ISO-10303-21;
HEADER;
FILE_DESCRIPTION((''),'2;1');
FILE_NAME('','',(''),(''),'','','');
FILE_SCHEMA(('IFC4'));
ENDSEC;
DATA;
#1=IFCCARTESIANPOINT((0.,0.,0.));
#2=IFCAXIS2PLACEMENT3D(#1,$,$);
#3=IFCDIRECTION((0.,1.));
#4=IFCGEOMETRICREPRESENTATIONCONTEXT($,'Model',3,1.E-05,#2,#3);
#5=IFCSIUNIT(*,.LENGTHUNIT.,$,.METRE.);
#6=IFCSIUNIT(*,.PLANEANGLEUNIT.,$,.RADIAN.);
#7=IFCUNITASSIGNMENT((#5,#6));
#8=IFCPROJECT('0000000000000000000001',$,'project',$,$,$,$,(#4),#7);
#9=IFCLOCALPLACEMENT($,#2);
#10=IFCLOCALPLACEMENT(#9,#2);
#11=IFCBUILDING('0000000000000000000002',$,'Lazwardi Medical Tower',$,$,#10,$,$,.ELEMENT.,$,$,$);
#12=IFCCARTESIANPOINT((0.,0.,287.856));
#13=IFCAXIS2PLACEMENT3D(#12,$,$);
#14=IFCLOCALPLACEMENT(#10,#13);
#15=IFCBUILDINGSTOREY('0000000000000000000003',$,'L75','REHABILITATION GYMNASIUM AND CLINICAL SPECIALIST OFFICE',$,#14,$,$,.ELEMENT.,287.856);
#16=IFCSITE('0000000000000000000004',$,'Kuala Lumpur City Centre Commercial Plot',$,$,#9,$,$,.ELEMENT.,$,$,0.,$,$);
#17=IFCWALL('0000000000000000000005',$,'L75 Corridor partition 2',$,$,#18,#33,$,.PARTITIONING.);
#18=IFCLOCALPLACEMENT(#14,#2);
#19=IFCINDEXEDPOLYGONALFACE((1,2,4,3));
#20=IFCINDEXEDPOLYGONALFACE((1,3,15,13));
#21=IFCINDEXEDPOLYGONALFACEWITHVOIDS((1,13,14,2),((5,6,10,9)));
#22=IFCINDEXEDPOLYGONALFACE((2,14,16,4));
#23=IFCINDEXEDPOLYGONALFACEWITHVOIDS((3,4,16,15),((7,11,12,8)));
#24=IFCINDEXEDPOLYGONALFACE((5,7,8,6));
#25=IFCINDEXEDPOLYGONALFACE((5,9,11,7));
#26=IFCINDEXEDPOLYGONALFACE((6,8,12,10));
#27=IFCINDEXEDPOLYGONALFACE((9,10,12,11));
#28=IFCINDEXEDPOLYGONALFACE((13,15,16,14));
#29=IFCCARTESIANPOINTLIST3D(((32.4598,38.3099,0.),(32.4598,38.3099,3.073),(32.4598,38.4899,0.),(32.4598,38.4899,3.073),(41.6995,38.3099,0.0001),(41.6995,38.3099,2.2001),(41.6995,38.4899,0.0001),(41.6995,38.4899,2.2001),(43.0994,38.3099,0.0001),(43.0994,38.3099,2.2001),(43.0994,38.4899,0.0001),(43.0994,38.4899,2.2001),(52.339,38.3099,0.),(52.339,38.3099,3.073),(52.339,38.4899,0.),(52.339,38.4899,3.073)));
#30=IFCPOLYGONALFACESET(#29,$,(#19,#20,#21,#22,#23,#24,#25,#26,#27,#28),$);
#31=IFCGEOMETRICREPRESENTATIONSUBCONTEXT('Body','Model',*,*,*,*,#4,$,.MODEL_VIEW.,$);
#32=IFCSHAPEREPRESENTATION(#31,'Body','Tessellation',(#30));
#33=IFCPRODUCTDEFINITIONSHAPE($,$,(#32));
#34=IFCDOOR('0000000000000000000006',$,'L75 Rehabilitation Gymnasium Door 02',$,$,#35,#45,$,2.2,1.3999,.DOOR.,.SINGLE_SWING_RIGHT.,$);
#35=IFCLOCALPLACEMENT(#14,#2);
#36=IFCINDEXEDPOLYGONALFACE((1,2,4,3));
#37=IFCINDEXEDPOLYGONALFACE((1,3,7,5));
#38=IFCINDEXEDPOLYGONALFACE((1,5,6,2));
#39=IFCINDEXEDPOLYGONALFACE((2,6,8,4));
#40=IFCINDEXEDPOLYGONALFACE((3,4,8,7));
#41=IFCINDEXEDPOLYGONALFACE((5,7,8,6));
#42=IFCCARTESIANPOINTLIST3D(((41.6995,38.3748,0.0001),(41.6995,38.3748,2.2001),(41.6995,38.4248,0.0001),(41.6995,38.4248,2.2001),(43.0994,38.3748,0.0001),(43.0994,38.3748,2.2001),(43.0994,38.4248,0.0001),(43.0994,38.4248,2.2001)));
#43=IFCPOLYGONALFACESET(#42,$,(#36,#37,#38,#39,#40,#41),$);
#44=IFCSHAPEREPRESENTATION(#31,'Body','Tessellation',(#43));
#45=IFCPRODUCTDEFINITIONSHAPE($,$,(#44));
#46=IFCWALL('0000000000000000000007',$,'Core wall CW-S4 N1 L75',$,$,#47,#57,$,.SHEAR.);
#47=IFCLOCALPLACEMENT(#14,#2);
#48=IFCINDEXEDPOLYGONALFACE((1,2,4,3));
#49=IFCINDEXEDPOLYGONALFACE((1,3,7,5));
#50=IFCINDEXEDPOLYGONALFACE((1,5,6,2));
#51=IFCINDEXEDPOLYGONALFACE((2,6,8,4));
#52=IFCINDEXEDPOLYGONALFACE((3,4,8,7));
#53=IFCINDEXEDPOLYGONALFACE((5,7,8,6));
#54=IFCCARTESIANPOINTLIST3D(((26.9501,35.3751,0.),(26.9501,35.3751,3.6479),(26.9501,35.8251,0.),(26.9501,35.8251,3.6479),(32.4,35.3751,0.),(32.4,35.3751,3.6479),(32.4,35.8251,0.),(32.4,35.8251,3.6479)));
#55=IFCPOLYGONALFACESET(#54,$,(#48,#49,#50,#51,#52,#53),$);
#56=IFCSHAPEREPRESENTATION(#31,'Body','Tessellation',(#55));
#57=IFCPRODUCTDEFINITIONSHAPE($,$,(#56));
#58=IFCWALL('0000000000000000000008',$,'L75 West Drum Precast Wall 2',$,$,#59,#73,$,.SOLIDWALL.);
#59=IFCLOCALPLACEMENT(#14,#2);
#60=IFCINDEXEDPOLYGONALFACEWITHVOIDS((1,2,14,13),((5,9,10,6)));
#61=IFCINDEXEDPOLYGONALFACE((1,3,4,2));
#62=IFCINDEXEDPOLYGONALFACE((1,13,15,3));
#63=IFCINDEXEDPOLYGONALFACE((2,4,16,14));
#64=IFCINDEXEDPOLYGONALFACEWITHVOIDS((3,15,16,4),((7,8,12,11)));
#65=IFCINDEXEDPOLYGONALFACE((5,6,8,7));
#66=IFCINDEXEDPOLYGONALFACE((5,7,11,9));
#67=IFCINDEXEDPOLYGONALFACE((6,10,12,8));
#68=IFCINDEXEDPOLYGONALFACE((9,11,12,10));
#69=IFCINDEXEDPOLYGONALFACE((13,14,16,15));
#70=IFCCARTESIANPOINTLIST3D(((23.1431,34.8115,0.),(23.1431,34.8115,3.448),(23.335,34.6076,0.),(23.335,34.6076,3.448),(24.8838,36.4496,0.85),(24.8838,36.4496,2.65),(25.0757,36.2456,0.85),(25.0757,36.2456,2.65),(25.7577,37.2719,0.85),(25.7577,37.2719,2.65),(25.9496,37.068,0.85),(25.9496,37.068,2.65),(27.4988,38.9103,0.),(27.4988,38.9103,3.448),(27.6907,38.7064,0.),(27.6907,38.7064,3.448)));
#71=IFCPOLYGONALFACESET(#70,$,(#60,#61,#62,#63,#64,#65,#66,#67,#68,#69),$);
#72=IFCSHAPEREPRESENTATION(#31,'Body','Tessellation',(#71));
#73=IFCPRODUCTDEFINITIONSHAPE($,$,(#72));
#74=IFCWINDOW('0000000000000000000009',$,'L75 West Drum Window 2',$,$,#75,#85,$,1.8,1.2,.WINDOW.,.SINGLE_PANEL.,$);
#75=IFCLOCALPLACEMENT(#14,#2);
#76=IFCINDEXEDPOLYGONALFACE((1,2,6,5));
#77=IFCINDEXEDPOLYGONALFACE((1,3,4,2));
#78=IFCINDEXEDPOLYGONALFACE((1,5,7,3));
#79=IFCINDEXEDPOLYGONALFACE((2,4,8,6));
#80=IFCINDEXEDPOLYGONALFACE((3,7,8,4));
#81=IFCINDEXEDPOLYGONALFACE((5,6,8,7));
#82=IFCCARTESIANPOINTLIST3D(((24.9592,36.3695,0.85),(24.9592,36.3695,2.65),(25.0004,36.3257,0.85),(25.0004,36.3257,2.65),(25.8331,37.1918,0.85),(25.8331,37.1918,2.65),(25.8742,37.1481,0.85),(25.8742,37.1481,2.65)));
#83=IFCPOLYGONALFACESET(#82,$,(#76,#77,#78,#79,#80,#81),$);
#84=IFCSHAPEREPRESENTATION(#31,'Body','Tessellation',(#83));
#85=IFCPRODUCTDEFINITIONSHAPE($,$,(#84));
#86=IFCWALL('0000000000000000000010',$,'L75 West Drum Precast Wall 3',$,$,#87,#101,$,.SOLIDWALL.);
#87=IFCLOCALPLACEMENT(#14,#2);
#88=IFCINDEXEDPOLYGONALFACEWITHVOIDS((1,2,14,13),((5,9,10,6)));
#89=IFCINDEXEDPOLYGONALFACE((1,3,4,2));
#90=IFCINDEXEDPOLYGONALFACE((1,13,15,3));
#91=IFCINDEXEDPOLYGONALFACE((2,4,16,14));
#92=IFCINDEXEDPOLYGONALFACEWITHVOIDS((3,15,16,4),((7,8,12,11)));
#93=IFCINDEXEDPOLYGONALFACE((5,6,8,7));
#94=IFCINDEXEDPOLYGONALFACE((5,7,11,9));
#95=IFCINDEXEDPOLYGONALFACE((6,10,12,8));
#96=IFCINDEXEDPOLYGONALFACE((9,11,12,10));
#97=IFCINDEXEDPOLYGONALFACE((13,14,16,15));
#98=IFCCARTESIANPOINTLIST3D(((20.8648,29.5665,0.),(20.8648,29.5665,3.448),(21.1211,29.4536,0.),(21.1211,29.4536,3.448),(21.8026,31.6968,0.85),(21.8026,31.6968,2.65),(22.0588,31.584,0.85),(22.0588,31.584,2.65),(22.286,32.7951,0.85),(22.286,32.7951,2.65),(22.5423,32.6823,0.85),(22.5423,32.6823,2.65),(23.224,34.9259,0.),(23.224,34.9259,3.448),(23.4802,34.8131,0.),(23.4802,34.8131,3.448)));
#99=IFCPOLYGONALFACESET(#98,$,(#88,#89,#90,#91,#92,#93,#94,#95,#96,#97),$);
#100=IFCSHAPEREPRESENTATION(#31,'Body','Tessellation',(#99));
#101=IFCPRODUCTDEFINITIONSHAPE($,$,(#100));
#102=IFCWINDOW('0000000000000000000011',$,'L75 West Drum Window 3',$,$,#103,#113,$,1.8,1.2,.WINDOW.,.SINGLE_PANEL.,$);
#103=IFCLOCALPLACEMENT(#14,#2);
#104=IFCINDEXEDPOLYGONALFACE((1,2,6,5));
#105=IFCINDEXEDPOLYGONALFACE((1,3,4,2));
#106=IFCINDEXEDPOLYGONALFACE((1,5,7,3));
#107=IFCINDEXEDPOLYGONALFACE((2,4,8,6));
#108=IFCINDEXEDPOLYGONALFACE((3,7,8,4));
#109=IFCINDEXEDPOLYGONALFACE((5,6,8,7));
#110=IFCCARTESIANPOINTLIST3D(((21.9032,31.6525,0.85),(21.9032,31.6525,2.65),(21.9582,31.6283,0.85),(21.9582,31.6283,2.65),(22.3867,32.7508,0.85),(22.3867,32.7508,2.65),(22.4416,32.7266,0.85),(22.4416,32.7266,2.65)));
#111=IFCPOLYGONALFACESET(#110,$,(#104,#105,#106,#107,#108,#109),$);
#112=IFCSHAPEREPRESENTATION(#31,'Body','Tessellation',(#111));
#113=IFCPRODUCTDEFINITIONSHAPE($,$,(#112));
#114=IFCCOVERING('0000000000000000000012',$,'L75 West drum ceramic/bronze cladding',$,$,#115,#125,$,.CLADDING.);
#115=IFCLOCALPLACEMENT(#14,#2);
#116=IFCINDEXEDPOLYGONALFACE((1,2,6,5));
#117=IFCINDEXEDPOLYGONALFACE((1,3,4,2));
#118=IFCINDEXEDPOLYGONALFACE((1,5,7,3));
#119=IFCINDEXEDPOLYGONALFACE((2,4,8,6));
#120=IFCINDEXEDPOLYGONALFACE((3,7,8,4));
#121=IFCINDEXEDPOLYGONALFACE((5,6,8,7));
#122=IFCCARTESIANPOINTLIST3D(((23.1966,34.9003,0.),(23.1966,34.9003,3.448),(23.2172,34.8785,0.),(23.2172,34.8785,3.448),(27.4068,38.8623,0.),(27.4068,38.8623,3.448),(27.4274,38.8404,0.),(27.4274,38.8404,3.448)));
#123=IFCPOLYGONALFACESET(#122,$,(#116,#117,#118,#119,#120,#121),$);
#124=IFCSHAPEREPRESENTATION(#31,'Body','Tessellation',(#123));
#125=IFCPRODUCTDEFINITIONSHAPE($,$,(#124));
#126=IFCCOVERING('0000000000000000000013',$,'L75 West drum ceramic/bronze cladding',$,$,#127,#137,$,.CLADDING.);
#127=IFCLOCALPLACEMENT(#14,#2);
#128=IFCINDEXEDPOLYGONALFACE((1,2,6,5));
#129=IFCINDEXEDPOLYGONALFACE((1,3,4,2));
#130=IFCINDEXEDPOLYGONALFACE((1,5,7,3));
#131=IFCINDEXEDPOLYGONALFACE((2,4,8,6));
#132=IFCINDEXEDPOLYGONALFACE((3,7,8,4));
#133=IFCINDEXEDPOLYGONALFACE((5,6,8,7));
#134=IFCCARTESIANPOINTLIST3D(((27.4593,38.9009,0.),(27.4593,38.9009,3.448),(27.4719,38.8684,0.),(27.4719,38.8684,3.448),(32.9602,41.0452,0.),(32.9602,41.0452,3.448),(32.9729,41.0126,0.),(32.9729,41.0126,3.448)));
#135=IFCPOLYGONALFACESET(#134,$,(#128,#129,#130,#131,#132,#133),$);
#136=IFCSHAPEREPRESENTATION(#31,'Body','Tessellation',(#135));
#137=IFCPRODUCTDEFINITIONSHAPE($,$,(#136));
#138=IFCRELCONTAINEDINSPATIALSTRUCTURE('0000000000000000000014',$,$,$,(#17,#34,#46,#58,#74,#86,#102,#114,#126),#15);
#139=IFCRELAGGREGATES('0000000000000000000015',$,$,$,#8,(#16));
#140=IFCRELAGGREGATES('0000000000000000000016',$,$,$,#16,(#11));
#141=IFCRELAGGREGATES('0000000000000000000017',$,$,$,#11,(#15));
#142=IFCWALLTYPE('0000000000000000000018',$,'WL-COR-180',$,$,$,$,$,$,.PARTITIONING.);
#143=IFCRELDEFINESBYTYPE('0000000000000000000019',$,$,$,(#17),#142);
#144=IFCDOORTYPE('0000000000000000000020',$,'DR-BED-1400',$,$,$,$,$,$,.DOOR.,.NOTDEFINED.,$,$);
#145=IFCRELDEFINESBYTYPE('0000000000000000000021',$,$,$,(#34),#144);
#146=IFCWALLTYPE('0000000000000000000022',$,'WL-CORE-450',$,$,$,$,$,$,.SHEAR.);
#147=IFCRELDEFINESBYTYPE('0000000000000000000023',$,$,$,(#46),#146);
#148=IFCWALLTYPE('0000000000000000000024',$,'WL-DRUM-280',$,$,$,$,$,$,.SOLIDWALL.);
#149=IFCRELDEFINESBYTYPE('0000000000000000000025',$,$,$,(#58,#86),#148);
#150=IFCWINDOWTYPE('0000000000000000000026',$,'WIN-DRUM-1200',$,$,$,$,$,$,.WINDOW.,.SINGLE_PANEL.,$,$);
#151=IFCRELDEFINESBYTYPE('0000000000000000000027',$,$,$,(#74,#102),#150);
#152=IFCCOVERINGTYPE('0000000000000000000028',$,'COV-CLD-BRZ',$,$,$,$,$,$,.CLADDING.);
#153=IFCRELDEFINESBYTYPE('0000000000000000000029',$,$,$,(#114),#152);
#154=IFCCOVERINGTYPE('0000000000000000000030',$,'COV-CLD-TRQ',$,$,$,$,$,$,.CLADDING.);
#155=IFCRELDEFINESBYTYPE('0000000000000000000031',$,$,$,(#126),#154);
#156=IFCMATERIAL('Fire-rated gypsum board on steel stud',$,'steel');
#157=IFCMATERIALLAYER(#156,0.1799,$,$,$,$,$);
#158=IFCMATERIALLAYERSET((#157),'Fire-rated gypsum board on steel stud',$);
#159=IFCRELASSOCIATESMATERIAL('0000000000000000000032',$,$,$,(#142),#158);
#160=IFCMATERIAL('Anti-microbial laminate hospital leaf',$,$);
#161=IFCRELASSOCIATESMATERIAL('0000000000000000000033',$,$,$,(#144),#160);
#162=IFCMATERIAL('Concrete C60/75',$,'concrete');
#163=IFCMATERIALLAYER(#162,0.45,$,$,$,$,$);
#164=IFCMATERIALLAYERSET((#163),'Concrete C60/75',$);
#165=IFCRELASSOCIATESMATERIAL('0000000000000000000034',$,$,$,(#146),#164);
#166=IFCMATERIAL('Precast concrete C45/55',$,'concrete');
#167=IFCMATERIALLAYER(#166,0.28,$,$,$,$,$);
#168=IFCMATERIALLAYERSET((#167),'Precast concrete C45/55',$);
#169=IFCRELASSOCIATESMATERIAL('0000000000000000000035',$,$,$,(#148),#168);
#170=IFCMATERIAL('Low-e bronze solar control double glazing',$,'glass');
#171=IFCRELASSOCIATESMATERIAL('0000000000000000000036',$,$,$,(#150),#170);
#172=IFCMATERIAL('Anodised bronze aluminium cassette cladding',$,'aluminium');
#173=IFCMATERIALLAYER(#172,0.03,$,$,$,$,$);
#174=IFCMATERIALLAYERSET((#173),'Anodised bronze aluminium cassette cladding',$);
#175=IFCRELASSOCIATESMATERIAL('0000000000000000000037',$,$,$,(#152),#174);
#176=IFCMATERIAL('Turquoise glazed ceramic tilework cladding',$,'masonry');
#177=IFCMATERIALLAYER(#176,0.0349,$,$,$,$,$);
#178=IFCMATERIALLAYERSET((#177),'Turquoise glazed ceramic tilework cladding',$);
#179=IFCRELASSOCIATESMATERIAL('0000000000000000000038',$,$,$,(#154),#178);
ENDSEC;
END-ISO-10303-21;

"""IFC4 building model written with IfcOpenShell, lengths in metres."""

from ifc_helpers import new_model, si_unit, direction, frame, frame_2d, origin, origin_2d, place, context, subcontext, project, spatial, rectangle, extrude, material, layer, layer_set, type_object, element, fill, save


model = new_model("IFC4")

# Units and contexts
model_context = context("Model", 3, precision=1e-05, world=origin(), true_north=direction((0.0, 1.0)))
body_context = subcontext(model_context, "Body", "Model", "MODEL_VIEW")
ifc_project = project(units=[si_unit("LENGTHUNIT", "METRE"), si_unit("PLANEANGLEUNIT", "RADIAN")], contexts=[model_context])

# Site, building, storey
site_placement = place(None, origin())
site = spatial("IfcSite", under=ifc_project, at=site_placement, Name="Kuala Lumpur City Centre Commercial Plot", CompositionType="ELEMENT", RefElevation=0.0)
building_placement = place(site_placement, origin())
building = spatial("IfcBuilding", under=site, at=building_placement, Name="Lazwardi Medical Tower", CompositionType="ELEMENT")
storey_placement = place(building_placement, frame((0.0, 0.0, 287.856)))
storey = spatial("IfcBuildingStorey", under=building, at=storey_placement, Name="L75", Description="REHABILITATION GYMNASIUM AND CLINICAL SPECIALIST OFFICE", CompositionType="ELEMENT", Elevation=287.856)

# Shared definitions
ifc_material_1 = material(Name="Concrete C60/75", Category="concrete")

# Shared definitions
ifc_material_2 = material(Name="Fire-rated gypsum board on steel stud", Category="steel")
ifc_layer_1 = layer(ifc_material_2, 0.1799)
ifc_layer_set_1 = layer_set([ifc_layer_1], Name="Fire-rated gypsum board on steel stud")
wall_type_1 = type_object("IfcWallType", Name="WL-COR-180", PredefinedType="PARTITIONING", material=ifc_layer_set_1)

# Wall, opening, door
wall_1_placement = place(storey_placement, frame((32.46, 38.3999, 0.0), z_axis=(0.0, 0.0, 1.0), x_axis=(1.0, 0.0, 0.0)))
wall_1 = element("IfcWall", 1, at=wall_1_placement, inside=storey, type_object=wall_type_1, Name="L75 Corridor partition 2", PredefinedType="PARTITIONING", context=body_context, shape_type="SweptSolid", body=[
    extrude(rectangle(XDim=19.8792, YDim=0.1799, at=frame_2d((9.9395, 0.0))), origin(), (0.0, 0.0, 1.0), 3.073),
])
opening_1_placement = place(wall_1_placement, frame((9.2395, 0.0, 0.0)))
opening_1 = element("IfcOpeningElement", 2, at=opening_1_placement, cuts=wall_1, PredefinedType="OPENING", context=body_context, shape_type="SweptSolid", body=[
    extrude(rectangle(XDim=1.3999, YDim=2.2, at=frame_2d((0.7, 1.1001))), frame((0.0, 0.0999, 0.0), z_axis=(0.0, -1.0, 0.0), x_axis=(1.0, 0.0, 0.0)), (0.0, 0.0, 1.0), 0.2),
])
ifc_material_3 = material(Name="Anti-microbial laminate hospital leaf")
door_type = type_object("IfcDoorType", Name="DR-BED-1400", OperationType="NOTDEFINED", PredefinedType="DOOR", material=ifc_material_3)
door_placement = place(opening_1_placement, origin())
door = element("IfcDoor", 3, at=door_placement, inside=storey, type_object=door_type, Name="L75 Rehabilitation Gymnasium Door 02", OperationType="SINGLE_SWING_RIGHT", OverallHeight=2.2, OverallWidth=1.3999, PredefinedType="DOOR", context=body_context, shape_type="SweptSolid", body=[
    extrude(rectangle(XDim=1.3999, YDim=2.2, at=frame_2d((0.7, 1.1001))), frame((0.0, 0.0249, 0.0), z_axis=(0.0, -1.0, 0.0), x_axis=(1.0, 0.0, 0.0)), (0.0, 0.0, 1.0), 0.05),
])
fill(opening_1, door)

# Wall
ifc_layer_2 = layer(ifc_material_1, 0.45)
ifc_layer_set_2 = layer_set([ifc_layer_2], Name="Concrete C60/75")
wall_type_2 = type_object("IfcWallType", Name="WL-CORE-450", PredefinedType="SHEAR", material=ifc_layer_set_2)
wall_2_placement = place(storey_placement, frame((26.95, 35.6001, 0.0), z_axis=(0.0, 0.0, 1.0), x_axis=(1.0, 0.0, 0.0)))
element("IfcWall", 4, at=wall_2_placement, inside=storey, type_object=wall_type_2, Name="Core wall CW-S4 N1 L75", PredefinedType="SHEAR", context=body_context, shape_type="SweptSolid", body=[
    extrude(rectangle(XDim=5.45, YDim=0.45, at=frame_2d((2.7251, 0.0))), origin(), (0.0, 0.0, 1.0), 3.6479),
])

# Walls, openings, windows
ifc_material_4 = material(Name="Precast concrete C45/55", Category="concrete")
ifc_layer_3 = layer(ifc_material_4, 0.28)
ifc_layer_set_3 = layer_set([ifc_layer_3], Name="Precast concrete C45/55")
wall_type_3 = type_object("IfcWallType", Name="WL-DRUM-280", PredefinedType="SOLIDWALL", material=ifc_layer_set_3)
wall_3_placement = place(storey_placement, frame((27.5947, 38.8083, 0.0), z_axis=(0.0, 0.0, 1.0), x_axis=(-0.728252, -0.68531, 0.0)))
wall_3 = element("IfcWall", 5, at=wall_3_placement, inside=storey, type_object=wall_type_3, Name="L75 West Drum Precast Wall 2", PredefinedType="SOLIDWALL", context=body_context, shape_type="SweptSolid", body=[
    extrude(rectangle(XDim=5.981, YDim=0.28, at=frame_2d((2.9905, 0.0))), origin(), (0.0, 0.0, 1.0), 3.448),
])
opening_2_placement = place(wall_3_placement, frame((2.3906, 0.0, 0.8501)))
opening_2 = element("IfcOpeningElement", 6, at=opening_2_placement, cuts=wall_3, PredefinedType="OPENING", context=body_context, shape_type="SweptSolid", body=[
    extrude(rectangle(XDim=1.2, YDim=1.8, at=frame_2d((0.6001, 0.8999))), frame((0.0, 0.1499, 0.0), z_axis=(0.0, -1.0, 0.0), x_axis=(1.0, 0.0, 0.0)), (0.0, 0.0, 1.0), 0.3),
])
ifc_material_5 = material(Name="Low-e bronze solar control double glazing", Category="glass")
window_type = type_object("IfcWindowType", Name="WIN-DRUM-1200", PartitioningType="SINGLE_PANEL", PredefinedType="WINDOW", material=ifc_material_5)
window_1_placement = place(opening_2_placement, origin())
window_1 = element("IfcWindow", 7, at=window_1_placement, inside=storey, type_object=window_type, Name="L75 West Drum Window 2", OverallHeight=1.8, OverallWidth=1.2, PartitioningType="SINGLE_PANEL", PredefinedType="WINDOW", context=body_context, shape_type="SweptSolid", body=[
    extrude(rectangle(XDim=1.2, YDim=1.8, at=frame_2d((0.6001, 0.8999))), frame((0.0, 0.03, 0.0), z_axis=(0.0, -1.0, 0.0), x_axis=(1.0, 0.0, 0.0)), (0.0, 0.0, 1.0), 0.0601),
])
fill(opening_2, window_1)
wall_4_placement = place(storey_placement, frame((23.3521, 34.8694, 0.0), z_axis=(0.0, 0.0, 1.0), x_axis=(-0.402883, -0.915252, 0.0)))
wall_4 = element("IfcWall", 8, at=wall_4_placement, inside=storey, type_object=wall_type_3, Name="L75 West Drum Precast Wall 3", PredefinedType="SOLIDWALL", context=body_context, shape_type="SweptSolid", body=[
    extrude(rectangle(XDim=5.8557, YDim=0.28, at=frame_2d((2.9277, 0.0))), origin(), (0.0, 0.0, 1.0), 3.448),
])
opening_3_placement = place(wall_4_placement, frame((2.3279, 0.0, 0.8501)))
opening_3 = element("IfcOpeningElement", 9, at=opening_3_placement, cuts=wall_4, PredefinedType="OPENING", context=body_context, shape_type="SweptSolid", body=[
    extrude(rectangle(XDim=1.2, YDim=1.8, at=frame_2d((0.6001, 0.8999))), frame((0.0, 0.1499, 0.0), z_axis=(0.0, -1.0, 0.0), x_axis=(1.0, 0.0, 0.0)), (0.0, 0.0, 1.0), 0.3),
])
window_2_placement = place(opening_3_placement, origin())
window_2 = element("IfcWindow", 10, at=window_2_placement, inside=storey, type_object=window_type, Name="L75 West Drum Window 3", OverallHeight=1.8, OverallWidth=1.2, PartitioningType="SINGLE_PANEL", PredefinedType="WINDOW", context=body_context, shape_type="SweptSolid", body=[
    extrude(rectangle(XDim=1.2, YDim=1.8, at=frame_2d((0.6001, 0.8999))), frame((0.0, 0.03, 0.0), z_axis=(0.0, -1.0, 0.0), x_axis=(1.0, 0.0, 0.0)), (0.0, 0.0, 1.0), 0.0601),
])
fill(opening_3, window_2)

# Coverings
ifc_material_6 = material(Name="Anodised bronze aluminium cassette cladding", Category="aluminium")
ifc_layer_4 = layer(ifc_material_6, 0.03)
ifc_layer_set_4 = layer_set([ifc_layer_4], Name="Anodised bronze aluminium cassette cladding")
covering_type_1 = type_object("IfcCoveringType", Name="COV-CLD-BRZ", PredefinedType="CLADDING", material=ifc_layer_set_4)
covering_1_placement = place(storey_placement, frame((25.312, 36.8704, 0.0), z_axis=(0.0, 0.0, 1.0), x_axis=(-0.728255, -0.685306, 0.0)))
element("IfcCovering", 11, at=covering_1_placement, inside=storey, type_object=covering_type_1, Name="L75 West drum ceramic/bronze cladding", PredefinedType="CLADDING", context=body_context, shape_type="SweptSolid", body=[
    extrude(rectangle(XDim=5.7812, YDim=0.03, at=origin_2d()), origin(), (0.0, 0.0, 1.0), 3.448),
])
ifc_material_7 = material(Name="Turquoise glazed ceramic tilework cladding", Category="masonry")
ifc_layer_5 = layer(ifc_material_7, 0.0349)
ifc_layer_set_5 = layer_set([ifc_layer_5], Name="Turquoise glazed ceramic tilework cladding")
covering_type_2 = type_object("IfcCoveringType", Name="COV-CLD-TRQ", PredefinedType="CLADDING", material=ifc_layer_set_5)
covering_2_placement = place(storey_placement, frame((30.2161, 39.9568, 0.0), z_axis=(0.0, 0.0, 1.0), x_axis=(-0.93172, -0.363176, 0.0)))
element("IfcCovering", 12, at=covering_2_placement, inside=storey, type_object=covering_type_2, Name="L75 West drum ceramic/bronze cladding", PredefinedType="CLADDING", context=body_context, shape_type="SweptSolid", body=[
    extrude(rectangle(XDim=5.9041, YDim=0.0349, at=origin_2d()), origin(), (0.0, 0.0, 1.0), 3.448),
])

save(model, "model.ifc")
